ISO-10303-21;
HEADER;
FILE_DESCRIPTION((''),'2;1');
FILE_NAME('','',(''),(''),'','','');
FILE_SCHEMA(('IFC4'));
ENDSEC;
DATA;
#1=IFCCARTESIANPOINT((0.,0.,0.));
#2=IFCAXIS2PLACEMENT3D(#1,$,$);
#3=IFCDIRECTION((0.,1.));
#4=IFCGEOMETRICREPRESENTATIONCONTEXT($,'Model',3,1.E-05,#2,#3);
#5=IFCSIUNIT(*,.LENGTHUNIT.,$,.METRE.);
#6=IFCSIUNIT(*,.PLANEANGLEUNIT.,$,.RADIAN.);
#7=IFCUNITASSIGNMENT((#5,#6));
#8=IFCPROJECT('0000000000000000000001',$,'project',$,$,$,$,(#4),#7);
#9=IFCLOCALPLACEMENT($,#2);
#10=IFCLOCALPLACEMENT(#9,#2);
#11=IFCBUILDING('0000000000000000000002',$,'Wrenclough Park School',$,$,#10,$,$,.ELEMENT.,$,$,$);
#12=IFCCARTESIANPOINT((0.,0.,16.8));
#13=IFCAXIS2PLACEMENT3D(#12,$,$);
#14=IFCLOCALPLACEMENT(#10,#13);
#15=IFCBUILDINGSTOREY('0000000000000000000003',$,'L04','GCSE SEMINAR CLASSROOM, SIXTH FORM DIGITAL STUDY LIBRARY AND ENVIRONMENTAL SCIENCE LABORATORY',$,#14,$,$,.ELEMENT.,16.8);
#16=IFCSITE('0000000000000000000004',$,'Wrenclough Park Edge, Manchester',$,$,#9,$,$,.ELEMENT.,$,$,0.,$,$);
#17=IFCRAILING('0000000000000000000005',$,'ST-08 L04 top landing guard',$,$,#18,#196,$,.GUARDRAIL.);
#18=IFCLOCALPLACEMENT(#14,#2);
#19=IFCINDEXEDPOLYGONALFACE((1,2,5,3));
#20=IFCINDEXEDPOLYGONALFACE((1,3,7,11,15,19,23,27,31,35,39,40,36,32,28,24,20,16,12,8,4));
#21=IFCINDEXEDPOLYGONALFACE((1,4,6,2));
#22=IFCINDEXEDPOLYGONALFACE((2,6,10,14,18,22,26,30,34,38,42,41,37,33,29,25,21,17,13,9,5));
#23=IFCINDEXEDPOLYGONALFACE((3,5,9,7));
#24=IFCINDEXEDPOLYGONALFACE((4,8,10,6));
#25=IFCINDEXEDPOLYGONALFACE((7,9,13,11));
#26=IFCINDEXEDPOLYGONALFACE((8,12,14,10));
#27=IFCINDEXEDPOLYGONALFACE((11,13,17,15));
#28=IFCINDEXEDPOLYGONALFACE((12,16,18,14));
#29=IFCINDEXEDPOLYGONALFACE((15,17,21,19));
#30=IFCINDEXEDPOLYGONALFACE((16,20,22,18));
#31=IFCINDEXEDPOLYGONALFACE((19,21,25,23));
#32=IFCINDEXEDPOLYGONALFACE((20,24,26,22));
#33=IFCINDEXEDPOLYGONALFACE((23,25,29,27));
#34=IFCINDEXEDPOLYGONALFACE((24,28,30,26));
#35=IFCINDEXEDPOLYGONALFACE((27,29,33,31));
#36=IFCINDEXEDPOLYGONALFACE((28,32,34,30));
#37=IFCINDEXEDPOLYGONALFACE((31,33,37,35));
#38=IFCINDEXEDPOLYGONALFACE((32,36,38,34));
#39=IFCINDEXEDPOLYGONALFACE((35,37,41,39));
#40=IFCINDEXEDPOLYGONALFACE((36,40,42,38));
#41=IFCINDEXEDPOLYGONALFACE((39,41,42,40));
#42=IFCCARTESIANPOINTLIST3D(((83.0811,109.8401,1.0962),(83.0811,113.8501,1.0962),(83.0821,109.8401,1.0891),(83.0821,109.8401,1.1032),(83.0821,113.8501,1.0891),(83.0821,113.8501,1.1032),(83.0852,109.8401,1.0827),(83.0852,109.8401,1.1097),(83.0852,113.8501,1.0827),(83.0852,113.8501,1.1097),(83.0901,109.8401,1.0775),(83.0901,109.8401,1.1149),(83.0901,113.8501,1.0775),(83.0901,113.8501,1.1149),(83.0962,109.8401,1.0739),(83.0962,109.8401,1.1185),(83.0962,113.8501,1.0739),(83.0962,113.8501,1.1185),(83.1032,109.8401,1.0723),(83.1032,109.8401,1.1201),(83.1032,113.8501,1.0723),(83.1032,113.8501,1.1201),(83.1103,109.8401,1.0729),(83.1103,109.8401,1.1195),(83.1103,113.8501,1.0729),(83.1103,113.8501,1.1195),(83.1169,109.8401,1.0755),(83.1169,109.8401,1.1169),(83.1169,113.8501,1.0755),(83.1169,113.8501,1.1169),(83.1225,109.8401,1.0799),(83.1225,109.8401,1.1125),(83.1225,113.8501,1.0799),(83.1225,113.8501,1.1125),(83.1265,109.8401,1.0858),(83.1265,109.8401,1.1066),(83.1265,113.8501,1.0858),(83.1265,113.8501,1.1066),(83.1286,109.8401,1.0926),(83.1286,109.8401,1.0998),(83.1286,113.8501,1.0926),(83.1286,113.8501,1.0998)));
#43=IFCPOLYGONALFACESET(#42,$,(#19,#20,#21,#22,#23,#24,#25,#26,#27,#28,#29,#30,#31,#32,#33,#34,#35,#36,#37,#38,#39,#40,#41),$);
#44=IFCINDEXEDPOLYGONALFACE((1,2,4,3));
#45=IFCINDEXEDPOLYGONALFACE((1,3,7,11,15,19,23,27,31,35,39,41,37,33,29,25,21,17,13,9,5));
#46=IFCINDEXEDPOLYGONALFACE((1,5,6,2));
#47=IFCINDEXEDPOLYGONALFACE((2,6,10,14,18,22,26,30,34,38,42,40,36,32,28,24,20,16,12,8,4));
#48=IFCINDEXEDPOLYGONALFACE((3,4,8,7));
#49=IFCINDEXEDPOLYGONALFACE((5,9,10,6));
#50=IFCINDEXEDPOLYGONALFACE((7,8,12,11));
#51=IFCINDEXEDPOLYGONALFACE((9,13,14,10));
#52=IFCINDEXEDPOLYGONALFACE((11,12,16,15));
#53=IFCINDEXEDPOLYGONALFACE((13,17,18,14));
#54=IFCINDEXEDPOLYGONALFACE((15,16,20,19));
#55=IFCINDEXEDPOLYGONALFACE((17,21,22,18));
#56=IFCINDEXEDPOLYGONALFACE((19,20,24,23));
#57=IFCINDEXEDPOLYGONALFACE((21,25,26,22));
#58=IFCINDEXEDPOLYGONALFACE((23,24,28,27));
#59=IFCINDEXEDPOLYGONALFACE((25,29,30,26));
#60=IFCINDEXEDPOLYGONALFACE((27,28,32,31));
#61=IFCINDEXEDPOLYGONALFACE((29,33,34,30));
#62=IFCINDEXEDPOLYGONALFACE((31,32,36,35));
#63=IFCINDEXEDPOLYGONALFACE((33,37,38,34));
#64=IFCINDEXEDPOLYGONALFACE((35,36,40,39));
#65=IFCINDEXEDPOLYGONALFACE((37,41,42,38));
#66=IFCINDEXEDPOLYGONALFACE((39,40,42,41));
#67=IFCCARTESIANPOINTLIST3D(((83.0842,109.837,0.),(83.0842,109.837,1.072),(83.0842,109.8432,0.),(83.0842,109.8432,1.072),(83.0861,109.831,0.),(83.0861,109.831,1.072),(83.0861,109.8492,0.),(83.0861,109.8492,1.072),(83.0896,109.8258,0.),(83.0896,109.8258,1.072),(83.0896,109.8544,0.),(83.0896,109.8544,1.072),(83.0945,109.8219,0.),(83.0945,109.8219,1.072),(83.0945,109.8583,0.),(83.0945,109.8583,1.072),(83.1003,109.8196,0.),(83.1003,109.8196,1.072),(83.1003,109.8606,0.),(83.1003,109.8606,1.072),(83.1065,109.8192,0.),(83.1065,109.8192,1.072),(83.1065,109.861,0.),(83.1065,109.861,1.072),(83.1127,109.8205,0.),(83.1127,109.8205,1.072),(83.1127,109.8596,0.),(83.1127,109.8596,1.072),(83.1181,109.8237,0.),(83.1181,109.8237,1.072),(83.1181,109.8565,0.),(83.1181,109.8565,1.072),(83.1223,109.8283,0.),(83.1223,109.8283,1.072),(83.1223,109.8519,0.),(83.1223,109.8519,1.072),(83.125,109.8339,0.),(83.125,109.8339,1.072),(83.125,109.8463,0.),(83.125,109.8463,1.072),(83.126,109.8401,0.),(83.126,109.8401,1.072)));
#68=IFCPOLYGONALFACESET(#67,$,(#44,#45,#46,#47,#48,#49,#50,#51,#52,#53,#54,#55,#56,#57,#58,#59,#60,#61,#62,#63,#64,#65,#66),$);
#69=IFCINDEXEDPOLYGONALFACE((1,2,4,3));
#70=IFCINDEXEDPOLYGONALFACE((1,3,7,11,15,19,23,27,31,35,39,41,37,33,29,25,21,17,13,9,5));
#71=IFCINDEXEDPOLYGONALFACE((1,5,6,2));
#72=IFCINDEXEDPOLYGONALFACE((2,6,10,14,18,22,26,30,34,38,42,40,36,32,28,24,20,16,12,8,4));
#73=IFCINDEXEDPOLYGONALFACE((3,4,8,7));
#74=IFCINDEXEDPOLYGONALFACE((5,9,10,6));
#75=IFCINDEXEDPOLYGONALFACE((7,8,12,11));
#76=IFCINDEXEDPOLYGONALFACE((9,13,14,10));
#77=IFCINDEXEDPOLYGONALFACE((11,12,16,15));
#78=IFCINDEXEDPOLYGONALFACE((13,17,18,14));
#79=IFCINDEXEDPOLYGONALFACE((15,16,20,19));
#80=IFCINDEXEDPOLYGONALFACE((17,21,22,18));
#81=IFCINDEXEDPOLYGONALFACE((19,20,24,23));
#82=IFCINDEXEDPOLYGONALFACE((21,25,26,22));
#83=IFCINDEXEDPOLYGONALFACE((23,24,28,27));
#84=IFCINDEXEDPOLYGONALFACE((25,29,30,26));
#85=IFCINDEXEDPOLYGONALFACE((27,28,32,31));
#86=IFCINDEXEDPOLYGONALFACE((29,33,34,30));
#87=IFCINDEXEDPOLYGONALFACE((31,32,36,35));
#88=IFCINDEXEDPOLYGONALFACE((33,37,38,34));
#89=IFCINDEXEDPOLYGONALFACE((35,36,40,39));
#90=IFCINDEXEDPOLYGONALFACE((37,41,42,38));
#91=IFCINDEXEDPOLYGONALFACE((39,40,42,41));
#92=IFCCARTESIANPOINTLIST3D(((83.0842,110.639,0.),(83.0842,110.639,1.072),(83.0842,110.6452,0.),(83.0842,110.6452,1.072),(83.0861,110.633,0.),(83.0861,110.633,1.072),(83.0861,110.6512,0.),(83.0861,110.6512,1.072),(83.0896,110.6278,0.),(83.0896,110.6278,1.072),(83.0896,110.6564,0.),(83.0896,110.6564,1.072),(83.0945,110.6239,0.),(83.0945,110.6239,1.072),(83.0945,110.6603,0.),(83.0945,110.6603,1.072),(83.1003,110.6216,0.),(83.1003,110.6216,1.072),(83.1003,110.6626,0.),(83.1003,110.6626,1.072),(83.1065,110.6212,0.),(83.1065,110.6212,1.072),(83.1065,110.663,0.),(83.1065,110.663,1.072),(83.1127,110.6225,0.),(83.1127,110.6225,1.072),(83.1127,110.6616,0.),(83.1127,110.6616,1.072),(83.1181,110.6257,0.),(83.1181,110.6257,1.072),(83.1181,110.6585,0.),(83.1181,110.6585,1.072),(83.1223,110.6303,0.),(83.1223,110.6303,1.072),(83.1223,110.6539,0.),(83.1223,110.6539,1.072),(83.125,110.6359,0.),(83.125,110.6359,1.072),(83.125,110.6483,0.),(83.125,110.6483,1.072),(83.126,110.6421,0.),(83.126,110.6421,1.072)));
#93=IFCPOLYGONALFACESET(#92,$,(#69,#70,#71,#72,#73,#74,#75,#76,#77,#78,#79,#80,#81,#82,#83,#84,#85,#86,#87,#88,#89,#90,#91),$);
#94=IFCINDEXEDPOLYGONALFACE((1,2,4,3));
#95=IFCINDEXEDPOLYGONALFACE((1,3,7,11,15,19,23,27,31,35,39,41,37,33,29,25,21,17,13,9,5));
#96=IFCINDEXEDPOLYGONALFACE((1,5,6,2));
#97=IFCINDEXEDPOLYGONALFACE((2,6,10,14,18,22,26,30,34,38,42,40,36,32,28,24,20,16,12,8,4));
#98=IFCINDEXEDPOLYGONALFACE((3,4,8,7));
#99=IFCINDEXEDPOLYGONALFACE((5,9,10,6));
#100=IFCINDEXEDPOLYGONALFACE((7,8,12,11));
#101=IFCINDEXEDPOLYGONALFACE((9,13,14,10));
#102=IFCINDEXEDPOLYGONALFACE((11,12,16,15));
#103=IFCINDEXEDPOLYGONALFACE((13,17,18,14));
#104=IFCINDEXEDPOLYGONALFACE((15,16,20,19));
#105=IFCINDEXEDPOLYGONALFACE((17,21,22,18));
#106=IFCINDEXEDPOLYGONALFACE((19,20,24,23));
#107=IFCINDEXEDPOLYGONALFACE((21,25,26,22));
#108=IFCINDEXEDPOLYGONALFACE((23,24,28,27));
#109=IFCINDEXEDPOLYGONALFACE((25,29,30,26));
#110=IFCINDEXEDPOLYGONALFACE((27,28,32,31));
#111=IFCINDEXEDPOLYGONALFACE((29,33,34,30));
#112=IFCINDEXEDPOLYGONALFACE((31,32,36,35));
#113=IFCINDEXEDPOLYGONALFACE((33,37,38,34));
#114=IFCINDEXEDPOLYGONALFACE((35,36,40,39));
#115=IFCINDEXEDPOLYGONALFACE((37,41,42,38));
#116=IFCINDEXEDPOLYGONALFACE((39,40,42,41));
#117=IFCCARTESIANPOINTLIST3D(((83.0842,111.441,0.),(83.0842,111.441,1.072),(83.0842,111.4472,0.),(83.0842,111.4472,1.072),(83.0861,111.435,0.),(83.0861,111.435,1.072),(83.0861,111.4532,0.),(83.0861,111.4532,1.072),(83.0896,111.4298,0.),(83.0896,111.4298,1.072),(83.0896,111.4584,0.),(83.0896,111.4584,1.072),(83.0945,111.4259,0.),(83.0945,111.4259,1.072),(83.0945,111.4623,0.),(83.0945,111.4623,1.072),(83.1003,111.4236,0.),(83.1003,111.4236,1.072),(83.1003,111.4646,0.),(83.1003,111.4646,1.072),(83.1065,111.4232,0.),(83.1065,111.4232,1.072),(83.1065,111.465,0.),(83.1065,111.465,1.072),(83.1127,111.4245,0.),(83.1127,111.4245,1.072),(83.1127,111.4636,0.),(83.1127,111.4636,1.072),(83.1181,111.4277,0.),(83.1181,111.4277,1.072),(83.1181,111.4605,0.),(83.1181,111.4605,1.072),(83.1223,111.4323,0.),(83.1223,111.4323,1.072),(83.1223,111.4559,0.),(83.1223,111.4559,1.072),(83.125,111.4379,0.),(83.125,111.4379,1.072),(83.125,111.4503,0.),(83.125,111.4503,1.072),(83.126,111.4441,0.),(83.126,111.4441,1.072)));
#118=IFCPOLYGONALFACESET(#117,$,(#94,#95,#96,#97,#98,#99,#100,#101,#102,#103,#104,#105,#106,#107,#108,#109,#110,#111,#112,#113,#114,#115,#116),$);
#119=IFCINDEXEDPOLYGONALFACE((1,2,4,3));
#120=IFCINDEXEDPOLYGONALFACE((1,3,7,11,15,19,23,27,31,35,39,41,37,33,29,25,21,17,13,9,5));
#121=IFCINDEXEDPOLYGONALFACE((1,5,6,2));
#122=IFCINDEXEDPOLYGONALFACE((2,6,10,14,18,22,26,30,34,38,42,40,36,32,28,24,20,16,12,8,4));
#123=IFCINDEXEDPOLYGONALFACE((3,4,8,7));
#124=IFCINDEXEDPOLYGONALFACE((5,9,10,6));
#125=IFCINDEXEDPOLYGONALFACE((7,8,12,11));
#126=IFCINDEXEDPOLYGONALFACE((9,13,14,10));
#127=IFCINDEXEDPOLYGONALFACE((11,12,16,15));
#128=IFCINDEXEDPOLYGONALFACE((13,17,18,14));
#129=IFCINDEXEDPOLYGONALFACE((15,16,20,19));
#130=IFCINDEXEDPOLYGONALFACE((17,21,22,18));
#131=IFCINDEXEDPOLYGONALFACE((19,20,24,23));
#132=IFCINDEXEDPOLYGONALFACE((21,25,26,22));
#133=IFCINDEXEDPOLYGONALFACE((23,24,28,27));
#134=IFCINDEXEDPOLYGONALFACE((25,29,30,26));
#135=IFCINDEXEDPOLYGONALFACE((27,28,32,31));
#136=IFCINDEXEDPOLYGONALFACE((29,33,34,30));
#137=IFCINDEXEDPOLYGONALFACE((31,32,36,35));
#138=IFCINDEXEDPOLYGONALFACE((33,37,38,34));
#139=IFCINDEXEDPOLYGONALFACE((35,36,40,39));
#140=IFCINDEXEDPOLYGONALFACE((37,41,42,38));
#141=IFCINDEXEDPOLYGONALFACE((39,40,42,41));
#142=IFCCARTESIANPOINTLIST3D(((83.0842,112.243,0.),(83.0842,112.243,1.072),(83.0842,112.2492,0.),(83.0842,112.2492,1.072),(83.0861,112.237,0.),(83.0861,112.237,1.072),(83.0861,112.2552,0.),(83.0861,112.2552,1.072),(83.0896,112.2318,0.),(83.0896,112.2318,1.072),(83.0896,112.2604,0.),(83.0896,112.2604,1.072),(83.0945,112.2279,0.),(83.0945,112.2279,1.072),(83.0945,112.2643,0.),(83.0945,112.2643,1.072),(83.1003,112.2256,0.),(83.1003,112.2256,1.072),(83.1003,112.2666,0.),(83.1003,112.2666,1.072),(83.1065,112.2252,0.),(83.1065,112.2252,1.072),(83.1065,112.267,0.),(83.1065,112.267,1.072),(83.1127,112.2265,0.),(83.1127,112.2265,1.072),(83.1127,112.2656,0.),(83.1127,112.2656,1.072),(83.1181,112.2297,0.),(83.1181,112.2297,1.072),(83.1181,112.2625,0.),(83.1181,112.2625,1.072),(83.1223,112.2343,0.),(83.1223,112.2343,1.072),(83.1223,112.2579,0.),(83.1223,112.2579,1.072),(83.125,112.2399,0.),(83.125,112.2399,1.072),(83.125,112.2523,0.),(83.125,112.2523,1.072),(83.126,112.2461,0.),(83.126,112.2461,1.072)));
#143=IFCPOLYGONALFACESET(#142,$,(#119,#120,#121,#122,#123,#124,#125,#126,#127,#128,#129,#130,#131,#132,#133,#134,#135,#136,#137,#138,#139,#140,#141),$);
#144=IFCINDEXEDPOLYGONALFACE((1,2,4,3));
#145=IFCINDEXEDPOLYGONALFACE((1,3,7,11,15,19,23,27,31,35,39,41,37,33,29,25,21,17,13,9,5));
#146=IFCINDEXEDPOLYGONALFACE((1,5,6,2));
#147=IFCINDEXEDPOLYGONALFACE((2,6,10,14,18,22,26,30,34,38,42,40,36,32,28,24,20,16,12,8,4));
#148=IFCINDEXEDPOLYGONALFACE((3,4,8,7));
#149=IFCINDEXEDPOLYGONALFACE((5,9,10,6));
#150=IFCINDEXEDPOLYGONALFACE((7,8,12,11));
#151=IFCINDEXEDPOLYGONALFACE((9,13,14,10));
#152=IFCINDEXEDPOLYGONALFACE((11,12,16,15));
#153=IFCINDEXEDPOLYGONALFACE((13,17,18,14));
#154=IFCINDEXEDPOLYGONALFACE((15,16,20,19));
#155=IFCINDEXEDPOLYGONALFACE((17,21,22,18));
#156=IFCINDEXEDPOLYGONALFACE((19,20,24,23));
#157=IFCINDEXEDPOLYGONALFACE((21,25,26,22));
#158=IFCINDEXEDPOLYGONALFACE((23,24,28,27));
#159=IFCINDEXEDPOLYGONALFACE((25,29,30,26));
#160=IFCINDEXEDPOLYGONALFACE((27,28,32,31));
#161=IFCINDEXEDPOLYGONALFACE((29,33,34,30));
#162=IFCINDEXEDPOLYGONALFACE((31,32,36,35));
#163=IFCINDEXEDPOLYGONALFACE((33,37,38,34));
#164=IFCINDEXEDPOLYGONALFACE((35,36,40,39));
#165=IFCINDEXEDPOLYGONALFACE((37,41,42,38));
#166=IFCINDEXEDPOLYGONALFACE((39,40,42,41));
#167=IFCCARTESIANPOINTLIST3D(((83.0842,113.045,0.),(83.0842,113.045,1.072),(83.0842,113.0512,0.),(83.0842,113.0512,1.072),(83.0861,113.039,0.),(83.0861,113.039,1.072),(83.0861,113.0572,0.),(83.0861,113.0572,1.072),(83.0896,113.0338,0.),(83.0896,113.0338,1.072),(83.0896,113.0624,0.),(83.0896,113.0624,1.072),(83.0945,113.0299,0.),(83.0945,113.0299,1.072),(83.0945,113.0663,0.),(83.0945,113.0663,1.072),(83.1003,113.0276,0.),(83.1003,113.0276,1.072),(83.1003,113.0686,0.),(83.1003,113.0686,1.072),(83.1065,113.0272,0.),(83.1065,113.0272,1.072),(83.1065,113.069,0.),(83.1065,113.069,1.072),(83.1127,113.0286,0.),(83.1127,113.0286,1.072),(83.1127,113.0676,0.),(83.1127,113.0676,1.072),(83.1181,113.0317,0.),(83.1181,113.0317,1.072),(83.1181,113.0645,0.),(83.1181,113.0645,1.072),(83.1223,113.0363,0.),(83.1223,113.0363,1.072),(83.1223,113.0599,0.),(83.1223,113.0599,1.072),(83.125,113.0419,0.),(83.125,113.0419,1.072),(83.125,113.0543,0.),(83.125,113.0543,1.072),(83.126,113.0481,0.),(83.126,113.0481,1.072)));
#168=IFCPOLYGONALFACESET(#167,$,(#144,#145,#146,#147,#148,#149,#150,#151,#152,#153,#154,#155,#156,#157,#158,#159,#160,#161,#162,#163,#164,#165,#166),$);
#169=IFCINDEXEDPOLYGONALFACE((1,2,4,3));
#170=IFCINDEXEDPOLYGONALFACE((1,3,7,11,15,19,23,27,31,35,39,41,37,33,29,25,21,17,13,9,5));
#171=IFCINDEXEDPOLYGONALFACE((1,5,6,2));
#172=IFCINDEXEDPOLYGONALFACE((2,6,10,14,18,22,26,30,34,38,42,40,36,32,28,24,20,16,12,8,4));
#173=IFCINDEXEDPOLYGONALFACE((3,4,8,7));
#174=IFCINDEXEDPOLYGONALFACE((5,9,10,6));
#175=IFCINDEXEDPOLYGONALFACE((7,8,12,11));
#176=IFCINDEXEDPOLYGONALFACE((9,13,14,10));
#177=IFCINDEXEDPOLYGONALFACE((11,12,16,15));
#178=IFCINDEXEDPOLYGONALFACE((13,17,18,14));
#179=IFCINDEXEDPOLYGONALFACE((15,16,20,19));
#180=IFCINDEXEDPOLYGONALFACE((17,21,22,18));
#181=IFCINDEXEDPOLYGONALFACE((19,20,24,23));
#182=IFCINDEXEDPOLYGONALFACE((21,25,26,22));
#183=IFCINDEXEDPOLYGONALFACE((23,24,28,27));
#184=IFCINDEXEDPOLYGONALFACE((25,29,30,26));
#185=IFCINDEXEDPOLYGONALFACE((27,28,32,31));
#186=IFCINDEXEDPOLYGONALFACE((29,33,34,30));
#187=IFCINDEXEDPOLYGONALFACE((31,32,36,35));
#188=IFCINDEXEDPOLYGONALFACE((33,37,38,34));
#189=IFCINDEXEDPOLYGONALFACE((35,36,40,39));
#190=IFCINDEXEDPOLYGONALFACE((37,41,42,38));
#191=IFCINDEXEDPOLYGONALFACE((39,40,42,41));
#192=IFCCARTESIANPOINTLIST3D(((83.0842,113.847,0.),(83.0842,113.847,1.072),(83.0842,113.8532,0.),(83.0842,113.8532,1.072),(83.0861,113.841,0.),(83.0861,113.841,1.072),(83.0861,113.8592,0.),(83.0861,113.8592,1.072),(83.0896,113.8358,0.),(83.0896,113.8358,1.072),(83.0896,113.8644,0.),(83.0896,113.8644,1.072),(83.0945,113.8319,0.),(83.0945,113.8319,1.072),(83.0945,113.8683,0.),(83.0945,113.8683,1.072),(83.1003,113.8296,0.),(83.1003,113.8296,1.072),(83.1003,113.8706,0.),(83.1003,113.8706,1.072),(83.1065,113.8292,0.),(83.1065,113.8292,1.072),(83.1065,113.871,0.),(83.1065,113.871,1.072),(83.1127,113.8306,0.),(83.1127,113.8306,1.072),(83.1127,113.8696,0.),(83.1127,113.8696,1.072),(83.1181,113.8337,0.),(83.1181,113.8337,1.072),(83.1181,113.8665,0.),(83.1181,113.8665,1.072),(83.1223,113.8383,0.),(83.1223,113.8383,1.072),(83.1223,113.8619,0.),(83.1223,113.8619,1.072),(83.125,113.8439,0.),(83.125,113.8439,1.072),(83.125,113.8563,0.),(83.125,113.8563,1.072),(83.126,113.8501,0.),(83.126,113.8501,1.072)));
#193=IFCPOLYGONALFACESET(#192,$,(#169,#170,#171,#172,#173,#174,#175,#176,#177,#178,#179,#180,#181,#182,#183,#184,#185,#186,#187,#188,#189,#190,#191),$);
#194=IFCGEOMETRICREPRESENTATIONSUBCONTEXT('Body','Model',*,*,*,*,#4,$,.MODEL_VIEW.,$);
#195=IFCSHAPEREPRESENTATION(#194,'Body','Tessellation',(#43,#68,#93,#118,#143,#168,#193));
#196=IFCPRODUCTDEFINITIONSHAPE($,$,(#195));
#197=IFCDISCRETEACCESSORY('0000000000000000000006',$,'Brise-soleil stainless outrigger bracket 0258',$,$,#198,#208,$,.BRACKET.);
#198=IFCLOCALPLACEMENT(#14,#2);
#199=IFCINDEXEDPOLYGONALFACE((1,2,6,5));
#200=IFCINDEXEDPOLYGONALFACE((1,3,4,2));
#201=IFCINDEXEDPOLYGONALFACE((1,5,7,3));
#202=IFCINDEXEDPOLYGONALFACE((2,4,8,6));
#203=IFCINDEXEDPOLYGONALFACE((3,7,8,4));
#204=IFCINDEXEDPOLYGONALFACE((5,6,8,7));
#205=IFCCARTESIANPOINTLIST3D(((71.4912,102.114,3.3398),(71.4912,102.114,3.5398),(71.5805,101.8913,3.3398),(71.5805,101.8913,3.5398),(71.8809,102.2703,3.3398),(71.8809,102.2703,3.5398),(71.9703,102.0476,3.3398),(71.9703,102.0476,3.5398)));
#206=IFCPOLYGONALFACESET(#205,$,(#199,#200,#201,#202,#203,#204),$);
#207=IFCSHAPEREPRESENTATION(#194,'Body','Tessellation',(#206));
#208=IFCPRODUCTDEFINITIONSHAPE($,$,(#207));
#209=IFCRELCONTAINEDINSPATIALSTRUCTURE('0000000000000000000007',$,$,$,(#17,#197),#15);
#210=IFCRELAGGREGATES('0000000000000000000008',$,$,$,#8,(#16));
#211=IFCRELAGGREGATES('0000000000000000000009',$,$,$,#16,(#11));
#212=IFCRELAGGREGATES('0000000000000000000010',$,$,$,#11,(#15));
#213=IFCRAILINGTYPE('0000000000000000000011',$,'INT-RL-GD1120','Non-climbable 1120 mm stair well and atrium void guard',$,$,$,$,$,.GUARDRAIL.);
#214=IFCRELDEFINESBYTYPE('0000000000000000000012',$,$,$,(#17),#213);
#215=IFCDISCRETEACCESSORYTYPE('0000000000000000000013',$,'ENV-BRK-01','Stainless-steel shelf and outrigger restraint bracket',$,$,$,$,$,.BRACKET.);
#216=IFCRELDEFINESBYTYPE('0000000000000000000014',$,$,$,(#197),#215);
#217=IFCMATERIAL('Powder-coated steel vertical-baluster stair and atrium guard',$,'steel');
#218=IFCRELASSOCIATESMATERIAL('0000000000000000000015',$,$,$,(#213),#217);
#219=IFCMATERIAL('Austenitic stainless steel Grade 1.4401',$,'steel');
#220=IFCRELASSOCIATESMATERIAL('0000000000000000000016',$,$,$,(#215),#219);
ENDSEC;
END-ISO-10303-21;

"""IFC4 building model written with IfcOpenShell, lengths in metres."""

from ifc_helpers import new_model, si_unit, direction, frame, origin, origin_2d, place, context, subcontext, project, spatial, rectangle, circle, extrude, material, type_object, element, save


model = new_model("IFC4")

# Units and contexts
model_context = context("Model", 3, precision=1e-05, world=origin(), true_north=direction((0.0, 1.0)))
body_context = subcontext(model_context, "Body", "Model", "MODEL_VIEW")
ifc_project = project(units=[si_unit("LENGTHUNIT", "METRE"), si_unit("PLANEANGLEUNIT", "RADIAN")], contexts=[model_context])

# Site, building, storey
site_placement = place(None, origin())
site = spatial("IfcSite", under=ifc_project, at=site_placement, Name="Wrenclough Park Edge, Manchester", CompositionType="ELEMENT", RefElevation=0.0)
building_placement = place(site_placement, origin())
building = spatial("IfcBuilding", under=site, at=building_placement, Name="Wrenclough Park School", CompositionType="ELEMENT")
storey_placement = place(building_placement, frame((0.0, 0.0, 16.8)))
storey = spatial("IfcBuildingStorey", under=building, at=storey_placement, Name="L04", Description="GCSE SEMINAR CLASSROOM, SIXTH FORM DIGITAL STUDY LIBRARY AND ENVIRONMENTAL SCIENCE LABORATORY", CompositionType="ELEMENT", Elevation=16.8)

# Railing
ifc_material_1 = material(Name="Powder-coated steel vertical-baluster stair and atrium guard", Category="steel")
railing_type = type_object("IfcRailingType", Name="INT-RL-GD1120", Description="Non-climbable 1120 mm stair well and atrium void guard", PredefinedType="GUARDRAIL", material=ifc_material_1)
for number, where, name in (
    (1, (83.105, 109.8401, 0.0), "ST-08 L04 top landing guard"),
):
    element("IfcRailing", number, at=place(storey_placement, frame(where)), inside=storey, type_object=railing_type, Name=name, PredefinedType="GUARDRAIL", context=body_context, shape_type="SweptSolid", body=[
        extrude(circle(Radius=0.0239, at=origin_2d()), frame((0.0, 0.0, 1.0962), z_axis=(0.0, 1.0, 0.0), x_axis=(-1.0, 0.0, 0.0)), (0.0, 0.0, 1.0), 4.01),
        extrude(circle(Radius=0.021, at=origin_2d()), origin(), (0.0, 0.0, 1.0), 1.072),
        extrude(circle(Radius=0.021, at=origin_2d()), frame((0.0, 0.802, 0.0)), (0.0, 0.0, 1.0), 1.072),
        extrude(circle(Radius=0.021, at=origin_2d()), frame((0.0, 1.604, 0.0)), (0.0, 0.0, 1.0), 1.072),
        extrude(circle(Radius=0.021, at=origin_2d()), frame((0.0, 2.406, 0.0)), (0.0, 0.0, 1.0), 1.072),
        extrude(circle(Radius=0.021, at=origin_2d()), frame((0.0, 3.208, 0.0)), (0.0, 0.0, 1.0), 1.072),
        extrude(circle(Radius=0.021, at=origin_2d()), frame((0.0, 4.01, 0.0)), (0.0, 0.0, 1.0), 1.072),
    ])

# Discrete accessory
ifc_material_2 = material(Name="Austenitic stainless steel Grade 1.4401", Category="steel")
discrete_accessory_type_1 = type_object("IfcDiscreteAccessoryType", Name="ENV-BRK-01", Description="Stainless-steel shelf and outrigger restraint bracket", PredefinedType="BRACKET", material=ifc_material_2)
for number, where, z_axis, x_axis, name in (
    (2, (71.7307, 102.0808, 3.3398), (0.0, 0.0, 1.0), (0.372297, -0.928113, 0.0), "Brise-soleil stainless outrigger bracket 0258"),
):
    element("IfcDiscreteAccessory", number, at=place(storey_placement, frame(where, z_axis=z_axis, x_axis=x_axis)), inside=storey, type_object=discrete_accessory_type_1, Name=name, PredefinedType="BRACKET", context=body_context, shape_type="SweptSolid", body=[
        extrude(rectangle(XDim=0.24, YDim=0.4199, at=origin_2d()), origin(), (0.0, 0.0, 1.0), 0.2),
    ])

save(model, "model.ifc")
